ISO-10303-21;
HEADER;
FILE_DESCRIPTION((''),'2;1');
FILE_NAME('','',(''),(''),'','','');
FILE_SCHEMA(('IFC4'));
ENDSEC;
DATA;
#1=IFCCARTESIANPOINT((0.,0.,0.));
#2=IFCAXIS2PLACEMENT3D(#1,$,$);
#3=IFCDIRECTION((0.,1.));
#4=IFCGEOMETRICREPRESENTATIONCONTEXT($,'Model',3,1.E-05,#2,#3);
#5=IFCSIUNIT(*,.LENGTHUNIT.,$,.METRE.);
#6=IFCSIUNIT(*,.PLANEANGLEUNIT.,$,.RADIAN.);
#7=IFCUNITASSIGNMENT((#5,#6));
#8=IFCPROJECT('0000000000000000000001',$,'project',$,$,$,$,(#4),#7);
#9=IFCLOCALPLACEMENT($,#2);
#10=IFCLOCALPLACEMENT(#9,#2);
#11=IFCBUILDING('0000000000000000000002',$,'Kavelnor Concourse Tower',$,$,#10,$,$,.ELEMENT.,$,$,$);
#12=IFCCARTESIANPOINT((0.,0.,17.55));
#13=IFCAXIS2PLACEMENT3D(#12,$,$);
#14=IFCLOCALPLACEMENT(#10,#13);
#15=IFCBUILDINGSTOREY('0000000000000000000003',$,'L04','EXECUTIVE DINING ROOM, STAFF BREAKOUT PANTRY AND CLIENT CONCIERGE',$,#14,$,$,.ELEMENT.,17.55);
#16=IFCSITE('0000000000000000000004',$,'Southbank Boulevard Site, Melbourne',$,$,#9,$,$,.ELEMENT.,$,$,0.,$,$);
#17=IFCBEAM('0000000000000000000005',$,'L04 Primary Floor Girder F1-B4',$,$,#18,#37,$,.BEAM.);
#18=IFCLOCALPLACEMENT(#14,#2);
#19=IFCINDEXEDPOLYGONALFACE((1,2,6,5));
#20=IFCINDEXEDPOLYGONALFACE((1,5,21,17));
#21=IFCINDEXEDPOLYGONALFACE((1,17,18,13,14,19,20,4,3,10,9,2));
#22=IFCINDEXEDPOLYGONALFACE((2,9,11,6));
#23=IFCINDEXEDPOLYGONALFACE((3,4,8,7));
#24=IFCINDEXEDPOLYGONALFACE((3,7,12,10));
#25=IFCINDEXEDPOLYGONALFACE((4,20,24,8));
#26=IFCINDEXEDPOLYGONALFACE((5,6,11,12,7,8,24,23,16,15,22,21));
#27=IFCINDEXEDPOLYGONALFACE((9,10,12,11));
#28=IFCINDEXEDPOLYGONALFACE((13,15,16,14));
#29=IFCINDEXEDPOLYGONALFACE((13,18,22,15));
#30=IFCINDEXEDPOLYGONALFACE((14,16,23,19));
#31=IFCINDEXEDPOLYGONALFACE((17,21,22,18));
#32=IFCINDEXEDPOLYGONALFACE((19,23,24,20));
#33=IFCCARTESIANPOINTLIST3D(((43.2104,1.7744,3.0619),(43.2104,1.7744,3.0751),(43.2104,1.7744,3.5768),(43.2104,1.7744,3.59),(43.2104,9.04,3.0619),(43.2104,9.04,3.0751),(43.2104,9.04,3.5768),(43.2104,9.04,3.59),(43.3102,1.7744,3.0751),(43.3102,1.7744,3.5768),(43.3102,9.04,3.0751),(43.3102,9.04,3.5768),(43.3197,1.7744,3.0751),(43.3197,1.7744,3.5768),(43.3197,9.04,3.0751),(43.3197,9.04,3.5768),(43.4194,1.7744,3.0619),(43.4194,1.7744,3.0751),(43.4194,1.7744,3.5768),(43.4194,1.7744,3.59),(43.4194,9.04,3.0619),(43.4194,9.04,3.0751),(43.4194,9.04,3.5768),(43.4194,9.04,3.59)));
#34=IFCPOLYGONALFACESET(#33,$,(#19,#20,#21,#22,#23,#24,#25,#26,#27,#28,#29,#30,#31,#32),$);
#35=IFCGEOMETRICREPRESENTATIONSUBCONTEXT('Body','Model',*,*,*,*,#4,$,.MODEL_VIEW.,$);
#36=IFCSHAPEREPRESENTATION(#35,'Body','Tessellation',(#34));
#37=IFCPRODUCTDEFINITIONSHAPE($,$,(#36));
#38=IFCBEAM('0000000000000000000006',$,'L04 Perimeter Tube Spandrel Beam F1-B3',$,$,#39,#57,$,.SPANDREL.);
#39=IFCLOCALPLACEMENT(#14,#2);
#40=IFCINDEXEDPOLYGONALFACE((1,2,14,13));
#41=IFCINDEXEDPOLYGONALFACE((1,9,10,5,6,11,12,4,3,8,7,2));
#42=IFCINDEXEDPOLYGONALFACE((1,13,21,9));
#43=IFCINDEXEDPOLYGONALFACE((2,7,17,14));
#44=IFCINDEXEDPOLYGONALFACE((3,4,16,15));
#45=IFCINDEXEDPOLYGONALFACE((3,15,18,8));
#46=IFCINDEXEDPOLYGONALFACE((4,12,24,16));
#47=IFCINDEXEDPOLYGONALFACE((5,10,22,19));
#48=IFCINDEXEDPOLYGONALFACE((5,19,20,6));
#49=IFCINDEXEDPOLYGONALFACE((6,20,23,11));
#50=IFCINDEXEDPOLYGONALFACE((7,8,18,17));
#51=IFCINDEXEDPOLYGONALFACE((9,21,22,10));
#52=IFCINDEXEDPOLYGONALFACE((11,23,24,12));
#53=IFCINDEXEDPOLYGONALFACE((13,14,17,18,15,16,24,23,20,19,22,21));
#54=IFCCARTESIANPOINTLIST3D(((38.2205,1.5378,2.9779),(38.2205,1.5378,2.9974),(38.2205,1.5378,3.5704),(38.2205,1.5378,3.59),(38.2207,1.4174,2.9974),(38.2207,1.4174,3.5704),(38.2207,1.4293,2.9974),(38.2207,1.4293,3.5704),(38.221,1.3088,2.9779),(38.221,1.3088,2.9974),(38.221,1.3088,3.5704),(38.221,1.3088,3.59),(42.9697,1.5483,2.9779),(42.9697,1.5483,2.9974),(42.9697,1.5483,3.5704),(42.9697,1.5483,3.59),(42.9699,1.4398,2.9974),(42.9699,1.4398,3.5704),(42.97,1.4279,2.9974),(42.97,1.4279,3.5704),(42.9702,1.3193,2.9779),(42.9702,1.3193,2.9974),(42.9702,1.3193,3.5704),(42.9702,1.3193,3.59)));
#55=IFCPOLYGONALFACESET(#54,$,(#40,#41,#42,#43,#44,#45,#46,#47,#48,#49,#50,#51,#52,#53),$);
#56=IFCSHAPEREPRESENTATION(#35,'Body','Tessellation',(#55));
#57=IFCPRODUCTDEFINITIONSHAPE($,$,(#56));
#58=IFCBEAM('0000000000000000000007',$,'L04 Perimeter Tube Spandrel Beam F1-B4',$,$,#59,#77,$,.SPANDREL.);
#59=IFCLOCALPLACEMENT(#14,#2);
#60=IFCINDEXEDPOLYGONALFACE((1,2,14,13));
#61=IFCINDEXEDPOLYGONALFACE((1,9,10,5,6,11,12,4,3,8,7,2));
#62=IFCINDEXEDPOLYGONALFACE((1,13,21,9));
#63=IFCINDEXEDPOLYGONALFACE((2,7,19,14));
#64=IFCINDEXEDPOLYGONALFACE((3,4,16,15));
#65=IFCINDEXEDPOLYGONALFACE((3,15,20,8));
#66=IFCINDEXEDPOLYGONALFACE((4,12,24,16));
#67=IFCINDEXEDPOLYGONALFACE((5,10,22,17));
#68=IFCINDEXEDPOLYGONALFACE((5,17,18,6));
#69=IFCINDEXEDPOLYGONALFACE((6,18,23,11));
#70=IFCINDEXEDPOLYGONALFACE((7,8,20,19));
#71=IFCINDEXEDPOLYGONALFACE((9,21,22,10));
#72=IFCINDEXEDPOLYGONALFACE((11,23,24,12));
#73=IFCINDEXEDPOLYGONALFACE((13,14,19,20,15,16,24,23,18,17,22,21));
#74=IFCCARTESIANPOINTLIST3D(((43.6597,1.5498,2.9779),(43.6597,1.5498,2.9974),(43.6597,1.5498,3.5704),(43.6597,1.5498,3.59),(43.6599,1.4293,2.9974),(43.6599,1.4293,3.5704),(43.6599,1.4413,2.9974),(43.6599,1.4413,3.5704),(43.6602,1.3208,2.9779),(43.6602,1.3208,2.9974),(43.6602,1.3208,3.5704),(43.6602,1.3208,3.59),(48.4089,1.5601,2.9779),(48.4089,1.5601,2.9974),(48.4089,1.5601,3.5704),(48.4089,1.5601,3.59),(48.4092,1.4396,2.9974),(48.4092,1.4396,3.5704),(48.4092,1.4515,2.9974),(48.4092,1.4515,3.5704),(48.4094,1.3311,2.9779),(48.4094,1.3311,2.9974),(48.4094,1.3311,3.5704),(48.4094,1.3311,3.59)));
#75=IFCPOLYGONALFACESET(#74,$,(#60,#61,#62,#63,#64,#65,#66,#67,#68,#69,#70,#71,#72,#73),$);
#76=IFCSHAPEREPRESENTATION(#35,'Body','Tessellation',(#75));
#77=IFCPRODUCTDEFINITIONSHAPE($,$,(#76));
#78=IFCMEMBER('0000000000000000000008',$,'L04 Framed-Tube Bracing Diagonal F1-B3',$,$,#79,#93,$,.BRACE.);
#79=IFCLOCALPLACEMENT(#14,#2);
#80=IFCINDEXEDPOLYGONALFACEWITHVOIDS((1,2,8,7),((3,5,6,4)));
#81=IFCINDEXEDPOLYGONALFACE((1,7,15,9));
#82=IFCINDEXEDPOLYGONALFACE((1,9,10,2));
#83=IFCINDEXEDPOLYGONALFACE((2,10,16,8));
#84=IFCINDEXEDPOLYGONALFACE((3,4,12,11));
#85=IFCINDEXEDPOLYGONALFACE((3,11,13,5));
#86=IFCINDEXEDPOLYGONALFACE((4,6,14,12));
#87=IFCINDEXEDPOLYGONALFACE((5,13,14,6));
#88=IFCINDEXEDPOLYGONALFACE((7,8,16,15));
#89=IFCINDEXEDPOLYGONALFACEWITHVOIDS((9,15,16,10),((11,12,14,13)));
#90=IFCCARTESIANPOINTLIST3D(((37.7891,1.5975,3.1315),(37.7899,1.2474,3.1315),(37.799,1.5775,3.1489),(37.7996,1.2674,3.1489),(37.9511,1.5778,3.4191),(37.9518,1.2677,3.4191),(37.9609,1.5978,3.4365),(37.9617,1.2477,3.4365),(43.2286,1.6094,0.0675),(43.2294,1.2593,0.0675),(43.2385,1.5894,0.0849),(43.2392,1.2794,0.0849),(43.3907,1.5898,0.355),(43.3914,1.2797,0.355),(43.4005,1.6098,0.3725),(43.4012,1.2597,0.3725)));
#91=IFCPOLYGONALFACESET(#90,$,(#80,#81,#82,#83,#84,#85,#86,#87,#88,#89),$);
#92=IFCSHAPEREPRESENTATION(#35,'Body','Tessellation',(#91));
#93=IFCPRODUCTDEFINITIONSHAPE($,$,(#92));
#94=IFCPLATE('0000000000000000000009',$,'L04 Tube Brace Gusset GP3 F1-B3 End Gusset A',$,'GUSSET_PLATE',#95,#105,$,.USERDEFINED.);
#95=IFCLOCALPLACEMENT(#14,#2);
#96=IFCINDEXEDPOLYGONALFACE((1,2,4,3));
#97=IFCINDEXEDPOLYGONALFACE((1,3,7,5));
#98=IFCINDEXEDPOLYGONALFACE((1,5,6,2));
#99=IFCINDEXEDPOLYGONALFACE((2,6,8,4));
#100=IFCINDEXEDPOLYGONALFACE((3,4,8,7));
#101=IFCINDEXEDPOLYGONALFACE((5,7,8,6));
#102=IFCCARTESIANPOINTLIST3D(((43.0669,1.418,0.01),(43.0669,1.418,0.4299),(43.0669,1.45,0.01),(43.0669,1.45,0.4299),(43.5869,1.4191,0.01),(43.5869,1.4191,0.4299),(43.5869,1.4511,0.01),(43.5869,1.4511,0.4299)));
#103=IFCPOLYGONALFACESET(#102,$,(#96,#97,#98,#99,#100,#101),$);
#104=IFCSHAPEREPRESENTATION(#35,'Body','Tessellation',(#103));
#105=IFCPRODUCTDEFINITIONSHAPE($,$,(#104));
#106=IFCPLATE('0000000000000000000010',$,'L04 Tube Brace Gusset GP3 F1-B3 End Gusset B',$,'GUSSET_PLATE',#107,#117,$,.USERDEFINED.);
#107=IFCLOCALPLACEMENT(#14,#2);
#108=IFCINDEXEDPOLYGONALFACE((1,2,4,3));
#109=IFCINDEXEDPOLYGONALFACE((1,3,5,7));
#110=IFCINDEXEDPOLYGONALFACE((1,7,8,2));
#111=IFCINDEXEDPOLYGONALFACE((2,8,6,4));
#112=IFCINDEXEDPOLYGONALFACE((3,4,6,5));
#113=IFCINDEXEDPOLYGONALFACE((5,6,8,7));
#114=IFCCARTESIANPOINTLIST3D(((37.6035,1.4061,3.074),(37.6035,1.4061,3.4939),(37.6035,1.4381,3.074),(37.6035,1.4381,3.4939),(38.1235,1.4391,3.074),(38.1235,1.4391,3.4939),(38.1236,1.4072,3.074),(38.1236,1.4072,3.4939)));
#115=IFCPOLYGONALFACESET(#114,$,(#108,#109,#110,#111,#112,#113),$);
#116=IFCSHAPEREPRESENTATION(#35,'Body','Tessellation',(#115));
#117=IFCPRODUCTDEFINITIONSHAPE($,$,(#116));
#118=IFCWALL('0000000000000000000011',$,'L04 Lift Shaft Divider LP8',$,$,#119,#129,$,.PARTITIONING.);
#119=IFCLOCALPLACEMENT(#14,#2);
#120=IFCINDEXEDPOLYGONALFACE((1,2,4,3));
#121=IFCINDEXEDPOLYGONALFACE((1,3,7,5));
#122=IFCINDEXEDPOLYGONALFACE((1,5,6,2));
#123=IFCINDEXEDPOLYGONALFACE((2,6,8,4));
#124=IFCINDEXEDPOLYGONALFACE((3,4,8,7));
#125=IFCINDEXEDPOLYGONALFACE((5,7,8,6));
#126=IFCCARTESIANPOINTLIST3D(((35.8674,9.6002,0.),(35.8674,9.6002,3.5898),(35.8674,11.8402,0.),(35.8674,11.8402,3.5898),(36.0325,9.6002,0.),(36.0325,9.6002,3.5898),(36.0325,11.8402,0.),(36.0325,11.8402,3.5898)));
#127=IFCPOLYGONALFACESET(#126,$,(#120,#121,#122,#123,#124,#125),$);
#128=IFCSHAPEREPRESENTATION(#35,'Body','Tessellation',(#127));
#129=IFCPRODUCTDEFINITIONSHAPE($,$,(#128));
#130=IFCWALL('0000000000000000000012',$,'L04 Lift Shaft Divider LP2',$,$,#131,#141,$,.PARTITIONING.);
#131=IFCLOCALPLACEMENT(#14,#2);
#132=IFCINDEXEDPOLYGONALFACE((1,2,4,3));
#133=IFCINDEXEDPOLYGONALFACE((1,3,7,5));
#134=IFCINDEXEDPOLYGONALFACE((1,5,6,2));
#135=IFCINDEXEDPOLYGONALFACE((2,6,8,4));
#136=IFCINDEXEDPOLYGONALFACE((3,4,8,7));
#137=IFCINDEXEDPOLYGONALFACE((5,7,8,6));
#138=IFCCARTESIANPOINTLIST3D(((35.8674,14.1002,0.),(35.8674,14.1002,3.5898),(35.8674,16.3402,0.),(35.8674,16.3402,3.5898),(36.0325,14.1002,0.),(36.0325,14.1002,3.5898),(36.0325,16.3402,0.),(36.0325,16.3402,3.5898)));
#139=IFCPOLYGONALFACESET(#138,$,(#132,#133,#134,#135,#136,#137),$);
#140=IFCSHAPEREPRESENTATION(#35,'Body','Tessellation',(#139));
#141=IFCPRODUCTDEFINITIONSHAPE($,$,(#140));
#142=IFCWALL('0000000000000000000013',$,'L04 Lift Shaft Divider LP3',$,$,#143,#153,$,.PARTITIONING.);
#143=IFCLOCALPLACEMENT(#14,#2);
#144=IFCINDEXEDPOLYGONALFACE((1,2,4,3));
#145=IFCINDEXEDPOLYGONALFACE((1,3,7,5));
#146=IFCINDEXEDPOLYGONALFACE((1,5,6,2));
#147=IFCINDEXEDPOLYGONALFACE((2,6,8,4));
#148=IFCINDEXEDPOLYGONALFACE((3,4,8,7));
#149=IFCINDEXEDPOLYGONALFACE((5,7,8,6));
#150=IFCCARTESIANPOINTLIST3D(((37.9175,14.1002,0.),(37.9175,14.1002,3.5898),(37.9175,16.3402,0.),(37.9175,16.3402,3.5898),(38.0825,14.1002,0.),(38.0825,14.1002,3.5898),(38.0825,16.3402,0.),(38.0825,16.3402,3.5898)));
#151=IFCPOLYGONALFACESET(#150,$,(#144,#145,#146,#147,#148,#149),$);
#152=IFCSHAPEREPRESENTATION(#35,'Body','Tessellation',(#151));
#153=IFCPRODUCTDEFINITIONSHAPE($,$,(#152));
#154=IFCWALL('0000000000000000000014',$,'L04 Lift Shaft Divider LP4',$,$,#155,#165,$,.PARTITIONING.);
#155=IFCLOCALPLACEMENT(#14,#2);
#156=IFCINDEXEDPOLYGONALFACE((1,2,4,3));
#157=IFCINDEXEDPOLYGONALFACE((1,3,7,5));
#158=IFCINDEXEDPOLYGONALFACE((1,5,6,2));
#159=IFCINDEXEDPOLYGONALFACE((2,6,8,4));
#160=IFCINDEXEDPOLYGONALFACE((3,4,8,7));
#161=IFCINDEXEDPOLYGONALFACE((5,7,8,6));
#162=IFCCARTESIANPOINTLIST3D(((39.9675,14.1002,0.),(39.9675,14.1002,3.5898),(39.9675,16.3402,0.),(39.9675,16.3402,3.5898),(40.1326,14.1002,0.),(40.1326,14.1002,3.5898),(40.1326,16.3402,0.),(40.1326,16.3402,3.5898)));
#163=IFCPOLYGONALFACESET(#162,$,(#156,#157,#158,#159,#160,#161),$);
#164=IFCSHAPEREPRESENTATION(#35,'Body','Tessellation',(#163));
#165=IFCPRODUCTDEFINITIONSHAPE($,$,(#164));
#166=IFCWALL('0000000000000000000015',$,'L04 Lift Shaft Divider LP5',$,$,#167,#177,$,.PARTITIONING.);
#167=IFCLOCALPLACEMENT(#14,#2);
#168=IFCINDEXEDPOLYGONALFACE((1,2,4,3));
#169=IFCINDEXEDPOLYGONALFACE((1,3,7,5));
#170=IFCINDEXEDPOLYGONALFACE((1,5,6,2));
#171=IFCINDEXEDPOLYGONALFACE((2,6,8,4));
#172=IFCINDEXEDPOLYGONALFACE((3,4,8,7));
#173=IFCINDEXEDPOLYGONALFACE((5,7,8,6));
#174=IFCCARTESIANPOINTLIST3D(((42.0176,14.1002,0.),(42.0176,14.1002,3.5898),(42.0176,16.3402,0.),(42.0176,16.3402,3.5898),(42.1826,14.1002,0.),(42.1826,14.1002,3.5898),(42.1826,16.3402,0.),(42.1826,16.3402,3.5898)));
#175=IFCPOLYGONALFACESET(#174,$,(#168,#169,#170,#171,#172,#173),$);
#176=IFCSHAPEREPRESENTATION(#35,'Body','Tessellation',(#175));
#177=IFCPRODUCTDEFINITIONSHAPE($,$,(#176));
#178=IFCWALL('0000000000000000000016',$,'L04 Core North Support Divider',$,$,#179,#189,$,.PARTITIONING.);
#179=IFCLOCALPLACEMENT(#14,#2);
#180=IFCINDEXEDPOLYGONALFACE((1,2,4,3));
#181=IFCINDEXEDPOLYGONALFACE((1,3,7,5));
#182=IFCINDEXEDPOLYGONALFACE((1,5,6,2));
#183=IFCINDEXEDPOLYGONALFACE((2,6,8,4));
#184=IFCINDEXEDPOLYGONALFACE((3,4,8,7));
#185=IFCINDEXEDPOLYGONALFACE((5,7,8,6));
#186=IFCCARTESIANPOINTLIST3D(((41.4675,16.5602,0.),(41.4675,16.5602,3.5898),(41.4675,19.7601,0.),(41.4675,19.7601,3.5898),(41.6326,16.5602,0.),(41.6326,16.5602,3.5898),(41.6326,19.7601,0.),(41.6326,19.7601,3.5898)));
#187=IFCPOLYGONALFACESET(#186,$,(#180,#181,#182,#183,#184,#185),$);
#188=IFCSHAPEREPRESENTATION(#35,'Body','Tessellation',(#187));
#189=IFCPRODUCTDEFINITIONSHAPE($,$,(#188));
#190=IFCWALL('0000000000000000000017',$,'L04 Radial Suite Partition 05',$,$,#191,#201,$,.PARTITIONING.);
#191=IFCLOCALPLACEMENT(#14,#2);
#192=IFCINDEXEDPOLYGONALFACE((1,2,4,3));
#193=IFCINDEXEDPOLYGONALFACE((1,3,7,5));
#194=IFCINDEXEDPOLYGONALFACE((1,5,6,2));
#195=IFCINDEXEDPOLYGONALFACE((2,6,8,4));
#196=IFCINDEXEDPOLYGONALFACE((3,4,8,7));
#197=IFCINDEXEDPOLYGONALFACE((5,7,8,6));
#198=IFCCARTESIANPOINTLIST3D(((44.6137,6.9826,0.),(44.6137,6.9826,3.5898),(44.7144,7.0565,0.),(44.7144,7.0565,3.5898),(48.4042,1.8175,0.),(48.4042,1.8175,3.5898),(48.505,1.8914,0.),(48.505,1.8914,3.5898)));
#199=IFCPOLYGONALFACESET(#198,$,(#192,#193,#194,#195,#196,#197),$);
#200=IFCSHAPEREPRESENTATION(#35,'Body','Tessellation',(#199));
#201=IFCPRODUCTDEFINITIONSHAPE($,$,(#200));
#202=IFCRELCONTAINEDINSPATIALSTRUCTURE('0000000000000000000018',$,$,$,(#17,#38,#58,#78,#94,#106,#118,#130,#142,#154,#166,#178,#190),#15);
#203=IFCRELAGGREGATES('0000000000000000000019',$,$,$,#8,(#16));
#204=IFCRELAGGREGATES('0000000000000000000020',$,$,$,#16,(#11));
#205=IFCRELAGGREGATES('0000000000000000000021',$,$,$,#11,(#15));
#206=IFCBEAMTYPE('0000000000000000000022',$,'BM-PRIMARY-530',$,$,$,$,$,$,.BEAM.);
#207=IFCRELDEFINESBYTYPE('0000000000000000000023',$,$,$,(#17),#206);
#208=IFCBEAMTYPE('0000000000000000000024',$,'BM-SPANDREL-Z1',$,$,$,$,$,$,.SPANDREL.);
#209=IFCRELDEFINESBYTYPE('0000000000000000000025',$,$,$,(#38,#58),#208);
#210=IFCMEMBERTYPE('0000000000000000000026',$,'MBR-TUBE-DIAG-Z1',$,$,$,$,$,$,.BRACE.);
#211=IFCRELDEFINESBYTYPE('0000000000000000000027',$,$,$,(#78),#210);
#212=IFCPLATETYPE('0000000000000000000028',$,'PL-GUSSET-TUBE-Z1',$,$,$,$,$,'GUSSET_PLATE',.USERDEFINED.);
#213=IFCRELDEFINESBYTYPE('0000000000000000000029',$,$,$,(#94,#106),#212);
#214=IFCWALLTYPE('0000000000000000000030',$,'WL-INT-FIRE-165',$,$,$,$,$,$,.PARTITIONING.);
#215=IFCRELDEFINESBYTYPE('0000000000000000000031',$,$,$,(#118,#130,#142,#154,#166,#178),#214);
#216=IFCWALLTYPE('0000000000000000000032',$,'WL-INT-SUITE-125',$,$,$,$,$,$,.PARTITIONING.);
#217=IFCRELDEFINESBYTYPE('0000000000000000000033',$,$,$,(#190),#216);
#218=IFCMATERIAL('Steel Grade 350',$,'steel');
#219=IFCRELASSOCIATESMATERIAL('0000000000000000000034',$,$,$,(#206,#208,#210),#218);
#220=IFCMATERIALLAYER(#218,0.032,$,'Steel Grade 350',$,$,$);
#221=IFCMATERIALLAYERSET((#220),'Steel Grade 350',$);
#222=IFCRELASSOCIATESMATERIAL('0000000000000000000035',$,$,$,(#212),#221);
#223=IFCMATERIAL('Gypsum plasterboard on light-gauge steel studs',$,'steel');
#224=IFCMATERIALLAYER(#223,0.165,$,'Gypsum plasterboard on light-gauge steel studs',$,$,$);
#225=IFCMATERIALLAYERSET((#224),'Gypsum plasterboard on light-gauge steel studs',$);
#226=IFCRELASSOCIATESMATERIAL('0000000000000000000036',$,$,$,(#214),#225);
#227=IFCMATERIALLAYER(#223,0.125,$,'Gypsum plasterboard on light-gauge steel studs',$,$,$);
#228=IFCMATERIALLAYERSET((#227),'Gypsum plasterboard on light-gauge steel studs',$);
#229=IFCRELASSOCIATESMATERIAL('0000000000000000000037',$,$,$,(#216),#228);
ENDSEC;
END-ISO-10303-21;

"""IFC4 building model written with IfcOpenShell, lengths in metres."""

from ifc_helpers import new_model, si_unit, direction, frame, frame_2d, origin, origin_2d, place, context, subcontext, project, spatial, rectangle, hollow_rectangle, i_section, extrude, material, layer, layer_set, material_profile, profile_set, type_object, element, save


model = new_model("IFC4")

# Units and contexts
model_context = context("Model", 3, precision=1e-05, world=origin(), true_north=direction((0.0, 1.0)))
body_context = subcontext(model_context, "Body", "Model", "MODEL_VIEW")
ifc_project = project(units=[si_unit("LENGTHUNIT", "METRE"), si_unit("PLANEANGLEUNIT", "RADIAN")], contexts=[model_context])

# Site, building, storey
site_placement = place(None, origin())
site = spatial("IfcSite", under=ifc_project, at=site_placement, Name="Southbank Boulevard Site, Melbourne", CompositionType="ELEMENT", RefElevation=0.0)
building_placement = place(site_placement, origin())
building = spatial("IfcBuilding", under=site, at=building_placement, Name="Kavelnor Concourse Tower", CompositionType="ELEMENT")
storey_placement = place(building_placement, frame((0.0, 0.0, 17.55)))
storey = spatial("IfcBuildingStorey", under=building, at=storey_placement, Name="L04", Description="EXECUTIVE DINING ROOM, STAFF BREAKOUT PANTRY AND CLIENT CONCIERGE", CompositionType="ELEMENT", Elevation=17.55)

# Shared definitions
ifc_material_1 = material(Name="Steel Grade 350", Category="steel")

# Beams
ifc_material_profile_1 = material_profile(ifc_material_1, i_section(OverallWidth=0.209, OverallDepth=0.5281, WebThickness=0.0095, FlangeThickness=0.0132, at=origin_2d()), Name="530UB82")
ifc_profile_set_1 = profile_set([ifc_material_profile_1], Name="Steel Grade 350")
beam_type_1 = type_object("IfcBeamType", Name="BM-PRIMARY-530", PredefinedType="BEAM", material=ifc_profile_set_1)
beam_1_placement = place(storey_placement, frame((43.3149, 9.04, 3.3259), z_axis=(0.0, -1.0, 0.0), x_axis=(1.0, 0.0, 0.0)))
element("IfcBeam", 1, at=beam_1_placement, inside=storey, type_object=beam_type_1, Name="L04 Primary Floor Girder F1-B4", PredefinedType="BEAM", context=body_context, shape_type="SweptSolid", body=[
    extrude(i_section(OverallWidth=0.209, OverallDepth=0.5281, WebThickness=0.0095, FlangeThickness=0.0132, at=origin_2d()), origin(), (0.0, 0.0, 1.0), 7.2656),
])
ifc_material_profile_2 = material_profile(ifc_material_1, i_section(OverallWidth=0.229, OverallDepth=0.6121, WebThickness=0.012, FlangeThickness=0.0195, at=origin_2d()), Name="610UB125")
ifc_profile_set_2 = profile_set([ifc_material_profile_2], Name="Steel Grade 350")
beam_type_2 = type_object("IfcBeamType", Name="BM-SPANDREL-Z1", PredefinedType="SPANDREL", material=ifc_profile_set_2)
for number, where, z_axis, x_axis, name in (
    (2, (38.2207, 1.4233, 3.2839), (0.999998, 0.00221, 0.0), (-0.00221, 0.999998, 0.0), "L04 Perimeter Tube Spandrel Beam F1-B3"),
    (3, (43.6599, 1.4353, 3.2839), (0.999998, 0.002159, 0.0), (-0.002159, 0.999998, 0.0), "L04 Perimeter Tube Spandrel Beam F1-B4"),
):
    element("IfcBeam", number, at=place(storey_placement, frame(where, z_axis=z_axis, x_axis=x_axis)), inside=storey, type_object=beam_type_2, Name=name, PredefinedType="SPANDREL", context=body_context, shape_type="SweptSolid", body=[
        extrude(i_section(OverallWidth=0.229, OverallDepth=0.6121, WebThickness=0.012, FlangeThickness=0.0195, at=origin_2d()), origin(), (0.0, 0.0, 1.0), 4.7493),
    ])

# Member
ifc_material_profile_3 = material_profile(ifc_material_1, hollow_rectangle(XDim=0.3501, YDim=0.3501, WallThickness=0.02, at=origin_2d()), Name="SHS 350x350x20")
ifc_profile_set_3 = profile_set([ifc_material_profile_3], Name="Steel Grade 350")
member_type = type_object("IfcMemberType", Name="MBR-TUBE-DIAG-Z1", PredefinedType="BRACE", material=ifc_profile_set_3)
member_placement = place(storey_placement, frame((43.3149, 1.4346, 0.22), z_axis=(-0.871281, -0.001916, 0.49078), x_axis=(0.002199, -0.999998, 0.0)))
element("IfcMember", 4, at=member_placement, inside=storey, type_object=member_type, Name="L04 Framed-Tube Bracing Diagonal F1-B3", PredefinedType="BRACE", context=body_context, shape_type="SweptSolid", body=[
    extrude(hollow_rectangle(XDim=0.3501, YDim=0.3501, WallThickness=0.02, at=origin_2d()), origin(), (0.0, 0.0, 1.0), 6.2432),
])

# Plates
ifc_layer_1 = layer(ifc_material_1, 0.032, Name="Steel Grade 350")
ifc_layer_set_1 = layer_set([ifc_layer_1], Name="Steel Grade 350")
plate_type = type_object("IfcPlateType", Name="PL-GUSSET-TUBE-Z1", ElementType="GUSSET_PLATE", PredefinedType="USERDEFINED", material=ifc_layer_set_1)
for number, where, z_axis, x_axis, name in (
    (5, (43.3269, 1.4346, 0.01), (0.0, 0.0, 1.0), (-0.999998, -0.002094, 0.0), "L04 Tube Brace Gusset GP3 F1-B3 End Gusset A"),
    (6, (37.8635, 1.4226, 3.074), (0.0, 0.0, 1.0), (-0.999998, -0.002094, 0.0), "L04 Tube Brace Gusset GP3 F1-B3 End Gusset B"),
):
    element("IfcPlate", number, at=place(storey_placement, frame(where, z_axis=z_axis, x_axis=x_axis)), inside=storey, type_object=plate_type, Name=name, ObjectType="GUSSET_PLATE", PredefinedType="USERDEFINED", context=body_context, shape_type="SweptSolid", body=[
        extrude(rectangle(XDim=0.52, YDim=0.032, at=origin_2d()), origin(), (0.0, 0.0, 1.0), 0.4199),
    ])

# Walls
ifc_material_2 = material(Name="Gypsum plasterboard on light-gauge steel studs", Category="steel")
ifc_layer_2 = layer(ifc_material_2, 0.165, Name="Gypsum plasterboard on light-gauge steel studs")
ifc_layer_set_2 = layer_set([ifc_layer_2], Name="Gypsum plasterboard on light-gauge steel studs")
wall_type_1 = type_object("IfcWallType", Name="WL-INT-FIRE-165", PredefinedType="PARTITIONING", material=ifc_layer_set_2)
for number, where, z_axis, x_axis, name in (
    (7, (35.95, 9.6001, 0.0), (0.0, 0.0, 1.0), (0.0, 1.0, 0.0), "L04 Lift Shaft Divider LP8"),
    (8, (35.95, 14.1001, 0.0), (0.0, 0.0, 1.0), (0.0, 1.0, 0.0), "L04 Lift Shaft Divider LP2"),
    (9, (38.0, 14.1001, 0.0), (0.0, 0.0, 1.0), (0.0, 1.0, 0.0), "L04 Lift Shaft Divider LP3"),
    (10, (40.05, 14.1001, 0.0), (0.0, 0.0, 1.0), (0.0, 1.0, 0.0), "L04 Lift Shaft Divider LP4"),
    (11, (42.1001, 14.1001, 0.0), (0.0, 0.0, 1.0), (0.0, 1.0, 0.0), "L04 Lift Shaft Divider LP5"),
):
    element("IfcWall", number, at=place(storey_placement, frame(where, z_axis=z_axis, x_axis=x_axis)), inside=storey, type_object=wall_type_1, Name=name, PredefinedType="PARTITIONING", context=body_context, shape_type="SweptSolid", body=[
        extrude(rectangle(XDim=2.24, YDim=0.165, at=frame_2d((1.1201, 0.0))), origin(), (0.0, 0.0, 1.0), 3.5898),
    ])
wall_1_placement = place(storey_placement, frame((41.55, 16.5601, 0.0), z_axis=(0.0, 0.0, 1.0), x_axis=(0.0, 1.0, 0.0)))
element("IfcWall", 12, at=wall_1_placement, inside=storey, type_object=wall_type_1, Name="L04 Core North Support Divider", PredefinedType="PARTITIONING", context=body_context, shape_type="SweptSolid", body=[
    extrude(rectangle(XDim=3.2, YDim=0.165, at=frame_2d((1.6001, 0.0))), origin(), (0.0, 0.0, 1.0), 3.5898),
])
ifc_layer_3 = layer(ifc_material_2, 0.125, Name="Gypsum plasterboard on light-gauge steel studs")
ifc_layer_set_3 = layer_set([ifc_layer_3], Name="Gypsum plasterboard on light-gauge steel studs")
wall_type_2 = type_object("IfcWallType", Name="WL-INT-SUITE-125", PredefinedType="PARTITIONING", material=ifc_layer_set_3)
wall_2_placement = place(storey_placement, frame((44.6641, 7.0195, 0.0), z_axis=(0.0, 0.0, 1.0), x_axis=(0.591651, -0.806194, 0.0)))
element("IfcWall", 13, at=wall_2_placement, inside=storey, type_object=wall_type_2, Name="L04 Radial Suite Partition 05", PredefinedType="PARTITIONING", context=body_context, shape_type="SweptSolid", body=[
    extrude(rectangle(XDim=6.4067, YDim=0.125, at=frame_2d((3.2034, 0.0))), origin(), (0.0, 0.0, 1.0), 3.5898),
])

save(model, "model.ifc")
